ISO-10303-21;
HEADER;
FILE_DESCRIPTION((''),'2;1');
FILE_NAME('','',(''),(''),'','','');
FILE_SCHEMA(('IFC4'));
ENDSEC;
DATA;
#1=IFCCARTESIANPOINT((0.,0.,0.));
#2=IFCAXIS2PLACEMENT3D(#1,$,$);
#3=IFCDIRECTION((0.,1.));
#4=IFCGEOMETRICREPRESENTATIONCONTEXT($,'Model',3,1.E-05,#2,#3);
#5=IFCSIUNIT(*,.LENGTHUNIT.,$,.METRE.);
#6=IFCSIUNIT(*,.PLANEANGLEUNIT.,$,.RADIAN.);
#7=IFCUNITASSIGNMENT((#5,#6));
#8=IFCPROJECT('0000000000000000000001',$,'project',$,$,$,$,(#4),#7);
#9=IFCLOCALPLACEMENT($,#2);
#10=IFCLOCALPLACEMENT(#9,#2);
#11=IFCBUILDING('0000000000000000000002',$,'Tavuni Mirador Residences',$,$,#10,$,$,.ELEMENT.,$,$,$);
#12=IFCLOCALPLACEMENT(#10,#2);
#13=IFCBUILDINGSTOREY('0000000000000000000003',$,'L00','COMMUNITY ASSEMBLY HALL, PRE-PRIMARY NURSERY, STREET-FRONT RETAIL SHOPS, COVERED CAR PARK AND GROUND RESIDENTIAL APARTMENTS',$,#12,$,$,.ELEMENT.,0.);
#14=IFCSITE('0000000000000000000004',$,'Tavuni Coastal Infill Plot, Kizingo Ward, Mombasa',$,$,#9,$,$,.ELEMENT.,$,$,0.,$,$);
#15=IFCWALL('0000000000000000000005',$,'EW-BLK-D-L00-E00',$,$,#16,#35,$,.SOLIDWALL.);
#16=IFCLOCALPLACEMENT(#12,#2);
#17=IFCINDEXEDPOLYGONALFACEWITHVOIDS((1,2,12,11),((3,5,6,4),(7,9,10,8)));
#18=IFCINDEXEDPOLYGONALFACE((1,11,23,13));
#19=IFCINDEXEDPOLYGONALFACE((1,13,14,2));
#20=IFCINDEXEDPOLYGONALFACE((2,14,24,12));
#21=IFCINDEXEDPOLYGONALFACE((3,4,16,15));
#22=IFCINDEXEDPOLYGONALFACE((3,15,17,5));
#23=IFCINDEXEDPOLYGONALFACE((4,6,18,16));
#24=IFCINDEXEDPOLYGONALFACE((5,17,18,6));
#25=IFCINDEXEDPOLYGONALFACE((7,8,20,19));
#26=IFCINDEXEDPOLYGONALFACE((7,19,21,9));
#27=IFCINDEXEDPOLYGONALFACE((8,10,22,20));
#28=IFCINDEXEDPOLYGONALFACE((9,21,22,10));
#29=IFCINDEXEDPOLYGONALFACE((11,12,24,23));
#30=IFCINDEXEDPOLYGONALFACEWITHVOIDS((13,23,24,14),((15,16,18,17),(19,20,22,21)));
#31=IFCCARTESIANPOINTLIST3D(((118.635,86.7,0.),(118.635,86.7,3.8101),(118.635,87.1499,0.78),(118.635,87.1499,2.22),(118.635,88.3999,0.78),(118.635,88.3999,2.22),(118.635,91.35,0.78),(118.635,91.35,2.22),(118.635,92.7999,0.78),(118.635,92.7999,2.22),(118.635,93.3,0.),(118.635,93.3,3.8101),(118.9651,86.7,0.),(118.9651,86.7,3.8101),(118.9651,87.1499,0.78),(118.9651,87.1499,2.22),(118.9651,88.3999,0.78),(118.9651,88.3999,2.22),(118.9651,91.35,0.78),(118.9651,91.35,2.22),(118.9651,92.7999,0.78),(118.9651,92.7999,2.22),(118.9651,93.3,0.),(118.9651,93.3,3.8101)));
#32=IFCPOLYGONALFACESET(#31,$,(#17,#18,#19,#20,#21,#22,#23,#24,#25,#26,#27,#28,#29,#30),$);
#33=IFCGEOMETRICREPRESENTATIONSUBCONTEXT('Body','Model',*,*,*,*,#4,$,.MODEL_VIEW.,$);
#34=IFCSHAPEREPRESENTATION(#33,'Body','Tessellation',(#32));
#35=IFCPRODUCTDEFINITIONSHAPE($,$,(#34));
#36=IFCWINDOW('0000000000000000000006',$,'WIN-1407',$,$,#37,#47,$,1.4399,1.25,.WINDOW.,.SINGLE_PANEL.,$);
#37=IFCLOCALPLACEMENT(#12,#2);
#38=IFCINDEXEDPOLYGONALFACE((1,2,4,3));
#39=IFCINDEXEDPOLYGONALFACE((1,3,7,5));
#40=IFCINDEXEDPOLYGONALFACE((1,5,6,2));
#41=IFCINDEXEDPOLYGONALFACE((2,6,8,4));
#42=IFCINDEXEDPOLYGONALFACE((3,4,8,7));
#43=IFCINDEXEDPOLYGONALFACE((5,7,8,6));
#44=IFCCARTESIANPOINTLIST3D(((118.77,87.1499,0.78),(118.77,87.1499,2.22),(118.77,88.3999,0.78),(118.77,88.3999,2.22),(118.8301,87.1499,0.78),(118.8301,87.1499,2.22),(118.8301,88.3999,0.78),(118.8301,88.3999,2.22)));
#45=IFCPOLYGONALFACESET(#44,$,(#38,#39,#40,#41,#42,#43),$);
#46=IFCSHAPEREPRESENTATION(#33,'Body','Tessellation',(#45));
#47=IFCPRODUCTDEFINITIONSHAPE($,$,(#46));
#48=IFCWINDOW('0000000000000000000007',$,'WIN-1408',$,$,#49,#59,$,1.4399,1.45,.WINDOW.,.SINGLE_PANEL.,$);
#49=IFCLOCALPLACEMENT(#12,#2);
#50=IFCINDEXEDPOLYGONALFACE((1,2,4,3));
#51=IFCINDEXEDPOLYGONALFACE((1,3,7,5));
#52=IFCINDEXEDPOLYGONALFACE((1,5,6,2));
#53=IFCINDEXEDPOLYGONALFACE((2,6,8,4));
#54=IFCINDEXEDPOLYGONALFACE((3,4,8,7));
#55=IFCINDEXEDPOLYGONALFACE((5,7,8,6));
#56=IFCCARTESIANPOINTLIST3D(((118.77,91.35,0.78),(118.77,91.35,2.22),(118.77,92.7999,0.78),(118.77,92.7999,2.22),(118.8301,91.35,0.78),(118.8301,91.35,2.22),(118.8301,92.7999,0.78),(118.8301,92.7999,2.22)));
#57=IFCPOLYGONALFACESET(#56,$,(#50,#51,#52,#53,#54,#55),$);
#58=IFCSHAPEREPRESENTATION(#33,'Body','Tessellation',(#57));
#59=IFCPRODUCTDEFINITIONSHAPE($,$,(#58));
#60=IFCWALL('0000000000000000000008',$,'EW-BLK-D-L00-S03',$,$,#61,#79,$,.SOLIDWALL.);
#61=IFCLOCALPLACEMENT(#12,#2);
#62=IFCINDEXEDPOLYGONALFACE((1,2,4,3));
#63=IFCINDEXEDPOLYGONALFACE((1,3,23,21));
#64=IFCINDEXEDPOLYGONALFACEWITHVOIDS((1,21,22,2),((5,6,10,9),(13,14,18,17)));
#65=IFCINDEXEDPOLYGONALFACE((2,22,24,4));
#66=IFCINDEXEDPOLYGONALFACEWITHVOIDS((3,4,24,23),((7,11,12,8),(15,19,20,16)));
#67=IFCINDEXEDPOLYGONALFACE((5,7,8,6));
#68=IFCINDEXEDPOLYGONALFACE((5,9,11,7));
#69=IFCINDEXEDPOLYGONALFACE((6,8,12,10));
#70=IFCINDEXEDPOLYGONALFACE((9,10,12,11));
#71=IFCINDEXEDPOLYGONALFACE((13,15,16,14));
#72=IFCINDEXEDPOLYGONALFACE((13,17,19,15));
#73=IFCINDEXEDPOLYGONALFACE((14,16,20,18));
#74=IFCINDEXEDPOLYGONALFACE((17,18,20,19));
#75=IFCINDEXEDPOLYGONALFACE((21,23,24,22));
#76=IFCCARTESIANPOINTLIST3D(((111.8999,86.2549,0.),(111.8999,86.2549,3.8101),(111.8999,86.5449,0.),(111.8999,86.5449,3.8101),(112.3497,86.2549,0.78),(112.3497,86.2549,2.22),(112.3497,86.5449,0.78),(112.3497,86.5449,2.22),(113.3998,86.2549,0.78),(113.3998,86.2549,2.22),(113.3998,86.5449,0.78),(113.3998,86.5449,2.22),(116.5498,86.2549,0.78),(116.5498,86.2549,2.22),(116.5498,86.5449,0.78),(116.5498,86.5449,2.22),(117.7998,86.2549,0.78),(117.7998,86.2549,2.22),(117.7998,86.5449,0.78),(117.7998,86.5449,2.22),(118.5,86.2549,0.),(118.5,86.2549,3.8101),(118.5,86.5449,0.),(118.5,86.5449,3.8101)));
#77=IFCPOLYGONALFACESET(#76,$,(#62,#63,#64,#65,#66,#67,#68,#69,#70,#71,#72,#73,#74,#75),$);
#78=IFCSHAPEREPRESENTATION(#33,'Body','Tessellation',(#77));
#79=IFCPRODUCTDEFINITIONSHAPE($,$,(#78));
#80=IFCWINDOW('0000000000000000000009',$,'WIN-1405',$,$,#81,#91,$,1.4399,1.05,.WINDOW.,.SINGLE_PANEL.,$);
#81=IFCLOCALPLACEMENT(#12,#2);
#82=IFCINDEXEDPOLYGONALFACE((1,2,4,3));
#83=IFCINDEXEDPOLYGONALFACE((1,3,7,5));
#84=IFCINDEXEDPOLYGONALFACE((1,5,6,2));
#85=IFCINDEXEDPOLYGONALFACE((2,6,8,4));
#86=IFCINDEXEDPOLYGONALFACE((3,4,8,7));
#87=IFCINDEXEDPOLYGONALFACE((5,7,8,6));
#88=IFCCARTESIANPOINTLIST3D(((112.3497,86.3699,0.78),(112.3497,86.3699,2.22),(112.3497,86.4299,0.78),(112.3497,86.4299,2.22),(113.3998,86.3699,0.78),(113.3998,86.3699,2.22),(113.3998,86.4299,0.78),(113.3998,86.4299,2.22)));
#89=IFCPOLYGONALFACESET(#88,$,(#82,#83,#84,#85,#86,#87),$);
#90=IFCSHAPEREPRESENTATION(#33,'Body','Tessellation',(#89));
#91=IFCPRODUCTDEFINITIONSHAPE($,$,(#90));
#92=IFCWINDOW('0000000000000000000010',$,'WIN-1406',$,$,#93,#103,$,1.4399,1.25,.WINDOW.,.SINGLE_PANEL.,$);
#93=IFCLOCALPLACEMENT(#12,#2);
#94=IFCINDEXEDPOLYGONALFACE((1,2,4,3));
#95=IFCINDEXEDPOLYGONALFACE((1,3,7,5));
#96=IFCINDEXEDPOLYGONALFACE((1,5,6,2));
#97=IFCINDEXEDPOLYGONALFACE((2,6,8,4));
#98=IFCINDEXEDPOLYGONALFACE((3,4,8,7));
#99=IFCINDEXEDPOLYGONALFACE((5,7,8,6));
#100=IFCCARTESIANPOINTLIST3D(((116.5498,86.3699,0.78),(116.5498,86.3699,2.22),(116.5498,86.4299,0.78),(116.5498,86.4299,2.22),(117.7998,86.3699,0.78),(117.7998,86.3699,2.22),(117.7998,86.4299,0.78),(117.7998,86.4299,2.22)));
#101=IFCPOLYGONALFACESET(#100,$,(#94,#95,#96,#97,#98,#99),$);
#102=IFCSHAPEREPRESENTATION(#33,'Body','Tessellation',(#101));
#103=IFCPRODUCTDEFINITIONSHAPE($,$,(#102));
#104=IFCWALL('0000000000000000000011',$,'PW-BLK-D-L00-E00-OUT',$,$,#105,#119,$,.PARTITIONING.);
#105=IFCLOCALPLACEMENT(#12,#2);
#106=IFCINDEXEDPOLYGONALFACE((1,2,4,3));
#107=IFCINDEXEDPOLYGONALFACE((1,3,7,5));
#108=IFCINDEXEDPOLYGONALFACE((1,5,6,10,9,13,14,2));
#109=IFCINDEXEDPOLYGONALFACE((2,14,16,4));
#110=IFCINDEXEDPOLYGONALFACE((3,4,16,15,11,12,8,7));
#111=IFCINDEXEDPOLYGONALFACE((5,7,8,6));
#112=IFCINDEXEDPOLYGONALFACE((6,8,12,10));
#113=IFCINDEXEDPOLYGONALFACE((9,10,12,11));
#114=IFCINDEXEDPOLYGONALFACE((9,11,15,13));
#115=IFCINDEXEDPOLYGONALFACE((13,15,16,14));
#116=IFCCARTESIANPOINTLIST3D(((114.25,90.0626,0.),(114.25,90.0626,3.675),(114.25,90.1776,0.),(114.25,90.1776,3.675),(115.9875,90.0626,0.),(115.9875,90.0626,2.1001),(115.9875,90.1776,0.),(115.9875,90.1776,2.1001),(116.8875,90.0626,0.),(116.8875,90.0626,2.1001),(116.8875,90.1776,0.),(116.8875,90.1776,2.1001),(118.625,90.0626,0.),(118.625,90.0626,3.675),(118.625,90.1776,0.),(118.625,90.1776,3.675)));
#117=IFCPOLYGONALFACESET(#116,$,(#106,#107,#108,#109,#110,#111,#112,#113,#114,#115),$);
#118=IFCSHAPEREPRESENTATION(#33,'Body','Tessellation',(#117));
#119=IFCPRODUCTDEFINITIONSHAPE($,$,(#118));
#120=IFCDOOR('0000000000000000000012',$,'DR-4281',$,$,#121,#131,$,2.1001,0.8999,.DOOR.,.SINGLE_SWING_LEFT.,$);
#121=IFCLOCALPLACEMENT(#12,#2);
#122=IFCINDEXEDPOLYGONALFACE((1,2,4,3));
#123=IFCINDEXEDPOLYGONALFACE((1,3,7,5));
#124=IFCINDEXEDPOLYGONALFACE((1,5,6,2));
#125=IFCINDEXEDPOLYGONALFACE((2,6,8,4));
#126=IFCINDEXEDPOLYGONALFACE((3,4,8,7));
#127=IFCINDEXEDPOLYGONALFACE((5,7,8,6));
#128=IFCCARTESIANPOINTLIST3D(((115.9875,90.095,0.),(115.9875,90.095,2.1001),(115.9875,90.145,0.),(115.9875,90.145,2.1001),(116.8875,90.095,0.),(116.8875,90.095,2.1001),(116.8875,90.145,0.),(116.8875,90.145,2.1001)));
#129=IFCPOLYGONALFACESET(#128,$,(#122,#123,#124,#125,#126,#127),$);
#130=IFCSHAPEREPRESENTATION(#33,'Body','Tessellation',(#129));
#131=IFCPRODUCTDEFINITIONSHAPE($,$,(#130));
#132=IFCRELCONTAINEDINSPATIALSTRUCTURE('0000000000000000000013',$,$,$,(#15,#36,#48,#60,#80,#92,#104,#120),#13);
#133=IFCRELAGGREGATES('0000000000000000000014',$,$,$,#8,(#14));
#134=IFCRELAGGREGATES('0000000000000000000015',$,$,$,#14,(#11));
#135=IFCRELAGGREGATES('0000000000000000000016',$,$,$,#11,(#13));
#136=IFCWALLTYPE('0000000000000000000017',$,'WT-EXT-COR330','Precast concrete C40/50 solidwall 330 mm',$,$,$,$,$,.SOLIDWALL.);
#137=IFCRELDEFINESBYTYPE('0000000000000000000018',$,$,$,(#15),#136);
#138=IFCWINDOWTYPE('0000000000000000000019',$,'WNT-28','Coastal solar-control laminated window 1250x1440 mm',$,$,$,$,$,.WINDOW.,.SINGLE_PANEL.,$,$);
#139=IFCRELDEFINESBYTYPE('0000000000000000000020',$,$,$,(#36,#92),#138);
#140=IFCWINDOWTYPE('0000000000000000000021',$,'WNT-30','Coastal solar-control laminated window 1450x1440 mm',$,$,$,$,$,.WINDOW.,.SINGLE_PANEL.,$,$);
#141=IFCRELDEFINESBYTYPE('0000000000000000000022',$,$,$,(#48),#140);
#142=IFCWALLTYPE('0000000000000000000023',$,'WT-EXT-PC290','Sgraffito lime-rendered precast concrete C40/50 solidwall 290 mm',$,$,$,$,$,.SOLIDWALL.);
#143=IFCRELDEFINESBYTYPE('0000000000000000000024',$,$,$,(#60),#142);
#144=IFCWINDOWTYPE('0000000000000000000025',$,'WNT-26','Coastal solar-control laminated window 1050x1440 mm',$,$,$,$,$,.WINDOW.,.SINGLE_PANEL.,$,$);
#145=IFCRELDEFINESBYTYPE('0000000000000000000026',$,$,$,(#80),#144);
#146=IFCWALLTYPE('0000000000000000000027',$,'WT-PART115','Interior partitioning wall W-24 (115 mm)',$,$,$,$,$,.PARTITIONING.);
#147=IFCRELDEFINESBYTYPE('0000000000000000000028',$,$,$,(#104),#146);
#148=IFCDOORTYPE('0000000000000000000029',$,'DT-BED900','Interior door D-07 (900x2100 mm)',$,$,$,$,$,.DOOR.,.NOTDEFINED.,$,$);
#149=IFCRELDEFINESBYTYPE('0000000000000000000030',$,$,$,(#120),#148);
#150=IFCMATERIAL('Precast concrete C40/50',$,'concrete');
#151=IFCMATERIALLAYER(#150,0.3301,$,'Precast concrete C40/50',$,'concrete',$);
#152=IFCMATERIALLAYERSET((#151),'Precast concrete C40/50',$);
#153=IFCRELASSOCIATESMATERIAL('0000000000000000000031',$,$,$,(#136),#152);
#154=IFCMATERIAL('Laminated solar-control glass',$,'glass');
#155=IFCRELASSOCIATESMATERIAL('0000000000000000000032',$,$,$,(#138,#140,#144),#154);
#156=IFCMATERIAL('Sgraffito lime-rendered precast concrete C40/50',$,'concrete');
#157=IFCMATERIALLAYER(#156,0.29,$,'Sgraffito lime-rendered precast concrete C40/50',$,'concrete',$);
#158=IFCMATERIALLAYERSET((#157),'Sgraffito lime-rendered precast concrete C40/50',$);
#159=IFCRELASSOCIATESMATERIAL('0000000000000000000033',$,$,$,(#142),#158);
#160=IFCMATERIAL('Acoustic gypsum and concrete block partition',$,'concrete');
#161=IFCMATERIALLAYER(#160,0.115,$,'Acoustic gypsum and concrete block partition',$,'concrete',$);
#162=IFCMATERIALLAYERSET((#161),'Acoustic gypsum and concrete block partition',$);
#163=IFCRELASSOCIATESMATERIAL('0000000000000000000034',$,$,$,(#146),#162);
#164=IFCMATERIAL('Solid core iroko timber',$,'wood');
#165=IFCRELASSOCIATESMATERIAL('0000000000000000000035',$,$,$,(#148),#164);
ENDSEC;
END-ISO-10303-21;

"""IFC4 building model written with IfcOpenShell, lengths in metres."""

from ifc_helpers import new_model, si_unit, direction, frame, frame_2d, origin, place, context, subcontext, project, spatial, rectangle, extrude, material, layer, layer_set, type_object, element, fill, save


model = new_model("IFC4")

# Units and contexts
model_context = context("Model", 3, precision=1e-05, world=origin(), true_north=direction((0.0, 1.0)))
body_context = subcontext(model_context, "Body", "Model", "MODEL_VIEW")
ifc_project = project(units=[si_unit("LENGTHUNIT", "METRE"), si_unit("PLANEANGLEUNIT", "RADIAN")], contexts=[model_context])

# Site, building, storey
site_placement = place(None, origin())
site = spatial("IfcSite", under=ifc_project, at=site_placement, Name="Tavuni Coastal Infill Plot, Kizingo Ward, Mombasa", CompositionType="ELEMENT", RefElevation=0.0)
building_placement = place(site_placement, origin())
building = spatial("IfcBuilding", under=site, at=building_placement, Name="Tavuni Mirador Residences", CompositionType="ELEMENT")
storey_placement = place(building_placement, origin())
storey = spatial("IfcBuildingStorey", under=building, at=storey_placement, Name="L00", Description="COMMUNITY ASSEMBLY HALL, PRE-PRIMARY NURSERY, STREET-FRONT RETAIL SHOPS, COVERED CAR PARK AND GROUND RESIDENTIAL APARTMENTS", CompositionType="ELEMENT", Elevation=0.0)

# Shared definitions
ifc_material_1 = material(Name="Precast concrete C40/50", Category="concrete")

# Walls, openings, windows
ifc_layer_1 = layer(ifc_material_1, 0.3301, Name="Precast concrete C40/50", Category="concrete")
ifc_layer_set_1 = layer_set([ifc_layer_1], Name="Precast concrete C40/50")
wall_type_1 = type_object("IfcWallType", Name="WT-EXT-COR330", Description="Precast concrete C40/50 solidwall 330 mm", PredefinedType="SOLIDWALL", material=ifc_layer_set_1)
wall_1_placement = place(storey_placement, frame((118.8, 86.7, 0.0), z_axis=(0.0, 0.0, 1.0), x_axis=(0.0, 1.0, 0.0)))
wall_1 = element("IfcWall", 1, at=wall_1_placement, inside=storey, type_object=wall_type_1, Name="EW-BLK-D-L00-E00", PredefinedType="SOLIDWALL", context=body_context, shape_type="SweptSolid", body=[
    extrude(rectangle(XDim=6.6001, YDim=0.3301, at=frame_2d((3.3, 0.0))), origin(), (0.0, 0.0, 1.0), 3.8101),
])
opening_1_placement = place(wall_1_placement, frame((0.45, 0.0, 0.78)))
opening_1 = element("IfcOpeningElement", 2, at=opening_1_placement, cuts=wall_1, PredefinedType="OPENING", context=body_context, shape_type="SweptSolid", body=[
    extrude(rectangle(XDim=1.25, YDim=1.4399, at=frame_2d((0.625, 0.72))), frame((0.0, 0.175, 0.0), z_axis=(0.0, -1.0, 0.0), x_axis=(1.0, 0.0, 0.0)), (0.0, 0.0, 1.0), 0.3501),
])
opening_2_placement = place(wall_1_placement, frame((4.6499, 0.0, 0.78)))
opening_2 = element("IfcOpeningElement", 3, at=opening_2_placement, cuts=wall_1, PredefinedType="OPENING", context=body_context, shape_type="SweptSolid", body=[
    extrude(rectangle(XDim=1.45, YDim=1.4399, at=frame_2d((0.7251, 0.72))), frame((0.0, 0.175, 0.0), z_axis=(0.0, -1.0, 0.0), x_axis=(1.0, 0.0, 0.0)), (0.0, 0.0, 1.0), 0.3501),
])
ifc_material_2 = material(Name="Laminated solar-control glass", Category="glass")
window_type_1 = type_object("IfcWindowType", Name="WNT-28", Description="Coastal solar-control laminated window 1250x1440 mm", PartitioningType="SINGLE_PANEL", PredefinedType="WINDOW", material=ifc_material_2)
window_1_placement = place(opening_1_placement, origin())
window_1 = element("IfcWindow", 4, at=window_1_placement, inside=storey, type_object=window_type_1, Name="WIN-1407", OverallHeight=1.4399, OverallWidth=1.25, PartitioningType="SINGLE_PANEL", PredefinedType="WINDOW", context=body_context, shape_type="SweptSolid", body=[
    extrude(rectangle(XDim=1.25, YDim=1.4399, at=frame_2d((0.625, 0.72))), frame((0.0, 0.03, 0.0), z_axis=(0.0, -1.0, 0.0), x_axis=(1.0, 0.0, 0.0)), (0.0, 0.0, 1.0), 0.0601),
])
fill(opening_1, window_1)
window_type_2 = type_object("IfcWindowType", Name="WNT-30", Description="Coastal solar-control laminated window 1450x1440 mm", PartitioningType="SINGLE_PANEL", PredefinedType="WINDOW", material=ifc_material_2)
window_2_placement = place(opening_2_placement, origin())
window_2 = element("IfcWindow", 5, at=window_2_placement, inside=storey, type_object=window_type_2, Name="WIN-1408", OverallHeight=1.4399, OverallWidth=1.45, PartitioningType="SINGLE_PANEL", PredefinedType="WINDOW", context=body_context, shape_type="SweptSolid", body=[
    extrude(rectangle(XDim=1.45, YDim=1.4399, at=frame_2d((0.7251, 0.72))), frame((0.0, 0.03, 0.0), z_axis=(0.0, -1.0, 0.0), x_axis=(1.0, 0.0, 0.0)), (0.0, 0.0, 1.0), 0.0601),
])
fill(opening_2, window_2)
ifc_material_3 = material(Name="Sgraffito lime-rendered precast concrete C40/50", Category="concrete")
ifc_layer_2 = layer(ifc_material_3, 0.29, Name="Sgraffito lime-rendered precast concrete C40/50", Category="concrete")
ifc_layer_set_2 = layer_set([ifc_layer_2], Name="Sgraffito lime-rendered precast concrete C40/50")
wall_type_2 = type_object("IfcWallType", Name="WT-EXT-PC290", Description="Sgraffito lime-rendered precast concrete C40/50 solidwall 290 mm", PredefinedType="SOLIDWALL", material=ifc_layer_set_2)
wall_2_placement = place(storey_placement, frame((111.8999, 86.3999, 0.0), z_axis=(0.0, 0.0, 1.0), x_axis=(1.0, 0.0, 0.0)))
wall_2 = element("IfcWall", 6, at=wall_2_placement, inside=storey, type_object=wall_type_2, Name="EW-BLK-D-L00-S03", PredefinedType="SOLIDWALL", context=body_context, shape_type="SweptSolid", body=[
    extrude(rectangle(XDim=6.6001, YDim=0.29, at=frame_2d((3.3, 0.0))), origin(), (0.0, 0.0, 1.0), 3.8101),
])
opening_3_placement = place(wall_2_placement, frame((0.45, 0.0, 0.78)))
opening_3 = element("IfcOpeningElement", 7, at=opening_3_placement, cuts=wall_2, PredefinedType="OPENING", context=body_context, shape_type="SweptSolid", body=[
    extrude(rectangle(XDim=1.05, YDim=1.4399, at=frame_2d((0.5249, 0.72))), frame((0.0, 0.155, 0.0), z_axis=(0.0, -1.0, 0.0), x_axis=(1.0, 0.0, 0.0)), (0.0, 0.0, 1.0), 0.3101),
])
opening_4_placement = place(wall_2_placement, frame((4.6499, 0.0, 0.78)))
opening_4 = element("IfcOpeningElement", 8, at=opening_4_placement, cuts=wall_2, PredefinedType="OPENING", context=body_context, shape_type="SweptSolid", body=[
    extrude(rectangle(XDim=1.25, YDim=1.4399, at=frame_2d((0.625, 0.72))), frame((0.0, 0.155, 0.0), z_axis=(0.0, -1.0, 0.0), x_axis=(1.0, 0.0, 0.0)), (0.0, 0.0, 1.0), 0.3101),
])
window_type_3 = type_object("IfcWindowType", Name="WNT-26", Description="Coastal solar-control laminated window 1050x1440 mm", PartitioningType="SINGLE_PANEL", PredefinedType="WINDOW", material=ifc_material_2)
window_3_placement = place(opening_3_placement, origin())
window_3 = element("IfcWindow", 9, at=window_3_placement, inside=storey, type_object=window_type_3, Name="WIN-1405", OverallHeight=1.4399, OverallWidth=1.05, PartitioningType="SINGLE_PANEL", PredefinedType="WINDOW", context=body_context, shape_type="SweptSolid", body=[
    extrude(rectangle(XDim=1.05, YDim=1.4399, at=frame_2d((0.5249, 0.72))), frame((0.0, 0.03, 0.0), z_axis=(0.0, -1.0, 0.0), x_axis=(1.0, 0.0, 0.0)), (0.0, 0.0, 1.0), 0.0601),
])
fill(opening_3, window_3)
window_4_placement = place(opening_4_placement, origin())
window_4 = element("IfcWindow", 10, at=window_4_placement, inside=storey, type_object=window_type_1, Name="WIN-1406", OverallHeight=1.4399, OverallWidth=1.25, PartitioningType="SINGLE_PANEL", PredefinedType="WINDOW", context=body_context, shape_type="SweptSolid", body=[
    extrude(rectangle(XDim=1.25, YDim=1.4399, at=frame_2d((0.625, 0.72))), frame((0.0, 0.03, 0.0), z_axis=(0.0, -1.0, 0.0), x_axis=(1.0, 0.0, 0.0)), (0.0, 0.0, 1.0), 0.0601),
])
fill(opening_4, window_4)

# Wall, opening, door
ifc_material_4 = material(Name="Acoustic gypsum and concrete block partition", Category="concrete")
ifc_layer_3 = layer(ifc_material_4, 0.115, Name="Acoustic gypsum and concrete block partition", Category="concrete")
ifc_layer_set_3 = layer_set([ifc_layer_3], Name="Acoustic gypsum and concrete block partition")
wall_type_3 = type_object("IfcWallType", Name="WT-PART115", Description="Interior partitioning wall W-24 (115 mm)", PredefinedType="PARTITIONING", material=ifc_layer_set_3)
wall_3_placement = place(storey_placement, frame((114.25, 90.1201, 0.0), z_axis=(0.0, 0.0, 1.0), x_axis=(1.0, 0.0, 0.0)))
wall_3 = element("IfcWall", 11, at=wall_3_placement, inside=storey, type_object=wall_type_3, Name="PW-BLK-D-L00-E00-OUT", PredefinedType="PARTITIONING", context=body_context, shape_type="SweptSolid", body=[
    extrude(rectangle(XDim=4.375, YDim=0.115, at=frame_2d((2.1875, 0.0))), origin(), (0.0, 0.0, 1.0), 3.675),
])
opening_5_placement = place(wall_3_placement, frame((1.7375, 0.0, 0.0)))
opening_5 = element("IfcOpeningElement", 12, at=opening_5_placement, cuts=wall_3, PredefinedType="OPENING", context=body_context, shape_type="SweptSolid", body=[
    extrude(rectangle(XDim=0.8999, YDim=2.1001, at=frame_2d((0.45, 1.05))), frame((0.0, 0.0674, 0.0), z_axis=(0.0, -1.0, 0.0), x_axis=(1.0, 0.0, 0.0)), (0.0, 0.0, 1.0), 0.135),
])
ifc_material_5 = material(Name="Solid core iroko timber", Category="wood")
door_type_1 = type_object("IfcDoorType", Name="DT-BED900", Description="Interior door D-07 (900x2100 mm)", OperationType="NOTDEFINED", PredefinedType="DOOR", material=ifc_material_5)
door_1_placement = place(opening_5_placement, origin())
door_1 = element("IfcDoor", 13, at=door_1_placement, inside=storey, type_object=door_type_1, Name="DR-4281", OperationType="SINGLE_SWING_LEFT", OverallHeight=2.1001, OverallWidth=0.8999, PredefinedType="DOOR", context=body_context, shape_type="SweptSolid", body=[
    extrude(rectangle(XDim=0.8999, YDim=2.1001, at=frame_2d((0.45, 1.05))), frame((0.0, 0.0249, 0.0), z_axis=(0.0, -1.0, 0.0), x_axis=(1.0, 0.0, 0.0)), (0.0, 0.0, 1.0), 0.05),
])
fill(opening_5, door_1)

save(model, "model.ifc")
